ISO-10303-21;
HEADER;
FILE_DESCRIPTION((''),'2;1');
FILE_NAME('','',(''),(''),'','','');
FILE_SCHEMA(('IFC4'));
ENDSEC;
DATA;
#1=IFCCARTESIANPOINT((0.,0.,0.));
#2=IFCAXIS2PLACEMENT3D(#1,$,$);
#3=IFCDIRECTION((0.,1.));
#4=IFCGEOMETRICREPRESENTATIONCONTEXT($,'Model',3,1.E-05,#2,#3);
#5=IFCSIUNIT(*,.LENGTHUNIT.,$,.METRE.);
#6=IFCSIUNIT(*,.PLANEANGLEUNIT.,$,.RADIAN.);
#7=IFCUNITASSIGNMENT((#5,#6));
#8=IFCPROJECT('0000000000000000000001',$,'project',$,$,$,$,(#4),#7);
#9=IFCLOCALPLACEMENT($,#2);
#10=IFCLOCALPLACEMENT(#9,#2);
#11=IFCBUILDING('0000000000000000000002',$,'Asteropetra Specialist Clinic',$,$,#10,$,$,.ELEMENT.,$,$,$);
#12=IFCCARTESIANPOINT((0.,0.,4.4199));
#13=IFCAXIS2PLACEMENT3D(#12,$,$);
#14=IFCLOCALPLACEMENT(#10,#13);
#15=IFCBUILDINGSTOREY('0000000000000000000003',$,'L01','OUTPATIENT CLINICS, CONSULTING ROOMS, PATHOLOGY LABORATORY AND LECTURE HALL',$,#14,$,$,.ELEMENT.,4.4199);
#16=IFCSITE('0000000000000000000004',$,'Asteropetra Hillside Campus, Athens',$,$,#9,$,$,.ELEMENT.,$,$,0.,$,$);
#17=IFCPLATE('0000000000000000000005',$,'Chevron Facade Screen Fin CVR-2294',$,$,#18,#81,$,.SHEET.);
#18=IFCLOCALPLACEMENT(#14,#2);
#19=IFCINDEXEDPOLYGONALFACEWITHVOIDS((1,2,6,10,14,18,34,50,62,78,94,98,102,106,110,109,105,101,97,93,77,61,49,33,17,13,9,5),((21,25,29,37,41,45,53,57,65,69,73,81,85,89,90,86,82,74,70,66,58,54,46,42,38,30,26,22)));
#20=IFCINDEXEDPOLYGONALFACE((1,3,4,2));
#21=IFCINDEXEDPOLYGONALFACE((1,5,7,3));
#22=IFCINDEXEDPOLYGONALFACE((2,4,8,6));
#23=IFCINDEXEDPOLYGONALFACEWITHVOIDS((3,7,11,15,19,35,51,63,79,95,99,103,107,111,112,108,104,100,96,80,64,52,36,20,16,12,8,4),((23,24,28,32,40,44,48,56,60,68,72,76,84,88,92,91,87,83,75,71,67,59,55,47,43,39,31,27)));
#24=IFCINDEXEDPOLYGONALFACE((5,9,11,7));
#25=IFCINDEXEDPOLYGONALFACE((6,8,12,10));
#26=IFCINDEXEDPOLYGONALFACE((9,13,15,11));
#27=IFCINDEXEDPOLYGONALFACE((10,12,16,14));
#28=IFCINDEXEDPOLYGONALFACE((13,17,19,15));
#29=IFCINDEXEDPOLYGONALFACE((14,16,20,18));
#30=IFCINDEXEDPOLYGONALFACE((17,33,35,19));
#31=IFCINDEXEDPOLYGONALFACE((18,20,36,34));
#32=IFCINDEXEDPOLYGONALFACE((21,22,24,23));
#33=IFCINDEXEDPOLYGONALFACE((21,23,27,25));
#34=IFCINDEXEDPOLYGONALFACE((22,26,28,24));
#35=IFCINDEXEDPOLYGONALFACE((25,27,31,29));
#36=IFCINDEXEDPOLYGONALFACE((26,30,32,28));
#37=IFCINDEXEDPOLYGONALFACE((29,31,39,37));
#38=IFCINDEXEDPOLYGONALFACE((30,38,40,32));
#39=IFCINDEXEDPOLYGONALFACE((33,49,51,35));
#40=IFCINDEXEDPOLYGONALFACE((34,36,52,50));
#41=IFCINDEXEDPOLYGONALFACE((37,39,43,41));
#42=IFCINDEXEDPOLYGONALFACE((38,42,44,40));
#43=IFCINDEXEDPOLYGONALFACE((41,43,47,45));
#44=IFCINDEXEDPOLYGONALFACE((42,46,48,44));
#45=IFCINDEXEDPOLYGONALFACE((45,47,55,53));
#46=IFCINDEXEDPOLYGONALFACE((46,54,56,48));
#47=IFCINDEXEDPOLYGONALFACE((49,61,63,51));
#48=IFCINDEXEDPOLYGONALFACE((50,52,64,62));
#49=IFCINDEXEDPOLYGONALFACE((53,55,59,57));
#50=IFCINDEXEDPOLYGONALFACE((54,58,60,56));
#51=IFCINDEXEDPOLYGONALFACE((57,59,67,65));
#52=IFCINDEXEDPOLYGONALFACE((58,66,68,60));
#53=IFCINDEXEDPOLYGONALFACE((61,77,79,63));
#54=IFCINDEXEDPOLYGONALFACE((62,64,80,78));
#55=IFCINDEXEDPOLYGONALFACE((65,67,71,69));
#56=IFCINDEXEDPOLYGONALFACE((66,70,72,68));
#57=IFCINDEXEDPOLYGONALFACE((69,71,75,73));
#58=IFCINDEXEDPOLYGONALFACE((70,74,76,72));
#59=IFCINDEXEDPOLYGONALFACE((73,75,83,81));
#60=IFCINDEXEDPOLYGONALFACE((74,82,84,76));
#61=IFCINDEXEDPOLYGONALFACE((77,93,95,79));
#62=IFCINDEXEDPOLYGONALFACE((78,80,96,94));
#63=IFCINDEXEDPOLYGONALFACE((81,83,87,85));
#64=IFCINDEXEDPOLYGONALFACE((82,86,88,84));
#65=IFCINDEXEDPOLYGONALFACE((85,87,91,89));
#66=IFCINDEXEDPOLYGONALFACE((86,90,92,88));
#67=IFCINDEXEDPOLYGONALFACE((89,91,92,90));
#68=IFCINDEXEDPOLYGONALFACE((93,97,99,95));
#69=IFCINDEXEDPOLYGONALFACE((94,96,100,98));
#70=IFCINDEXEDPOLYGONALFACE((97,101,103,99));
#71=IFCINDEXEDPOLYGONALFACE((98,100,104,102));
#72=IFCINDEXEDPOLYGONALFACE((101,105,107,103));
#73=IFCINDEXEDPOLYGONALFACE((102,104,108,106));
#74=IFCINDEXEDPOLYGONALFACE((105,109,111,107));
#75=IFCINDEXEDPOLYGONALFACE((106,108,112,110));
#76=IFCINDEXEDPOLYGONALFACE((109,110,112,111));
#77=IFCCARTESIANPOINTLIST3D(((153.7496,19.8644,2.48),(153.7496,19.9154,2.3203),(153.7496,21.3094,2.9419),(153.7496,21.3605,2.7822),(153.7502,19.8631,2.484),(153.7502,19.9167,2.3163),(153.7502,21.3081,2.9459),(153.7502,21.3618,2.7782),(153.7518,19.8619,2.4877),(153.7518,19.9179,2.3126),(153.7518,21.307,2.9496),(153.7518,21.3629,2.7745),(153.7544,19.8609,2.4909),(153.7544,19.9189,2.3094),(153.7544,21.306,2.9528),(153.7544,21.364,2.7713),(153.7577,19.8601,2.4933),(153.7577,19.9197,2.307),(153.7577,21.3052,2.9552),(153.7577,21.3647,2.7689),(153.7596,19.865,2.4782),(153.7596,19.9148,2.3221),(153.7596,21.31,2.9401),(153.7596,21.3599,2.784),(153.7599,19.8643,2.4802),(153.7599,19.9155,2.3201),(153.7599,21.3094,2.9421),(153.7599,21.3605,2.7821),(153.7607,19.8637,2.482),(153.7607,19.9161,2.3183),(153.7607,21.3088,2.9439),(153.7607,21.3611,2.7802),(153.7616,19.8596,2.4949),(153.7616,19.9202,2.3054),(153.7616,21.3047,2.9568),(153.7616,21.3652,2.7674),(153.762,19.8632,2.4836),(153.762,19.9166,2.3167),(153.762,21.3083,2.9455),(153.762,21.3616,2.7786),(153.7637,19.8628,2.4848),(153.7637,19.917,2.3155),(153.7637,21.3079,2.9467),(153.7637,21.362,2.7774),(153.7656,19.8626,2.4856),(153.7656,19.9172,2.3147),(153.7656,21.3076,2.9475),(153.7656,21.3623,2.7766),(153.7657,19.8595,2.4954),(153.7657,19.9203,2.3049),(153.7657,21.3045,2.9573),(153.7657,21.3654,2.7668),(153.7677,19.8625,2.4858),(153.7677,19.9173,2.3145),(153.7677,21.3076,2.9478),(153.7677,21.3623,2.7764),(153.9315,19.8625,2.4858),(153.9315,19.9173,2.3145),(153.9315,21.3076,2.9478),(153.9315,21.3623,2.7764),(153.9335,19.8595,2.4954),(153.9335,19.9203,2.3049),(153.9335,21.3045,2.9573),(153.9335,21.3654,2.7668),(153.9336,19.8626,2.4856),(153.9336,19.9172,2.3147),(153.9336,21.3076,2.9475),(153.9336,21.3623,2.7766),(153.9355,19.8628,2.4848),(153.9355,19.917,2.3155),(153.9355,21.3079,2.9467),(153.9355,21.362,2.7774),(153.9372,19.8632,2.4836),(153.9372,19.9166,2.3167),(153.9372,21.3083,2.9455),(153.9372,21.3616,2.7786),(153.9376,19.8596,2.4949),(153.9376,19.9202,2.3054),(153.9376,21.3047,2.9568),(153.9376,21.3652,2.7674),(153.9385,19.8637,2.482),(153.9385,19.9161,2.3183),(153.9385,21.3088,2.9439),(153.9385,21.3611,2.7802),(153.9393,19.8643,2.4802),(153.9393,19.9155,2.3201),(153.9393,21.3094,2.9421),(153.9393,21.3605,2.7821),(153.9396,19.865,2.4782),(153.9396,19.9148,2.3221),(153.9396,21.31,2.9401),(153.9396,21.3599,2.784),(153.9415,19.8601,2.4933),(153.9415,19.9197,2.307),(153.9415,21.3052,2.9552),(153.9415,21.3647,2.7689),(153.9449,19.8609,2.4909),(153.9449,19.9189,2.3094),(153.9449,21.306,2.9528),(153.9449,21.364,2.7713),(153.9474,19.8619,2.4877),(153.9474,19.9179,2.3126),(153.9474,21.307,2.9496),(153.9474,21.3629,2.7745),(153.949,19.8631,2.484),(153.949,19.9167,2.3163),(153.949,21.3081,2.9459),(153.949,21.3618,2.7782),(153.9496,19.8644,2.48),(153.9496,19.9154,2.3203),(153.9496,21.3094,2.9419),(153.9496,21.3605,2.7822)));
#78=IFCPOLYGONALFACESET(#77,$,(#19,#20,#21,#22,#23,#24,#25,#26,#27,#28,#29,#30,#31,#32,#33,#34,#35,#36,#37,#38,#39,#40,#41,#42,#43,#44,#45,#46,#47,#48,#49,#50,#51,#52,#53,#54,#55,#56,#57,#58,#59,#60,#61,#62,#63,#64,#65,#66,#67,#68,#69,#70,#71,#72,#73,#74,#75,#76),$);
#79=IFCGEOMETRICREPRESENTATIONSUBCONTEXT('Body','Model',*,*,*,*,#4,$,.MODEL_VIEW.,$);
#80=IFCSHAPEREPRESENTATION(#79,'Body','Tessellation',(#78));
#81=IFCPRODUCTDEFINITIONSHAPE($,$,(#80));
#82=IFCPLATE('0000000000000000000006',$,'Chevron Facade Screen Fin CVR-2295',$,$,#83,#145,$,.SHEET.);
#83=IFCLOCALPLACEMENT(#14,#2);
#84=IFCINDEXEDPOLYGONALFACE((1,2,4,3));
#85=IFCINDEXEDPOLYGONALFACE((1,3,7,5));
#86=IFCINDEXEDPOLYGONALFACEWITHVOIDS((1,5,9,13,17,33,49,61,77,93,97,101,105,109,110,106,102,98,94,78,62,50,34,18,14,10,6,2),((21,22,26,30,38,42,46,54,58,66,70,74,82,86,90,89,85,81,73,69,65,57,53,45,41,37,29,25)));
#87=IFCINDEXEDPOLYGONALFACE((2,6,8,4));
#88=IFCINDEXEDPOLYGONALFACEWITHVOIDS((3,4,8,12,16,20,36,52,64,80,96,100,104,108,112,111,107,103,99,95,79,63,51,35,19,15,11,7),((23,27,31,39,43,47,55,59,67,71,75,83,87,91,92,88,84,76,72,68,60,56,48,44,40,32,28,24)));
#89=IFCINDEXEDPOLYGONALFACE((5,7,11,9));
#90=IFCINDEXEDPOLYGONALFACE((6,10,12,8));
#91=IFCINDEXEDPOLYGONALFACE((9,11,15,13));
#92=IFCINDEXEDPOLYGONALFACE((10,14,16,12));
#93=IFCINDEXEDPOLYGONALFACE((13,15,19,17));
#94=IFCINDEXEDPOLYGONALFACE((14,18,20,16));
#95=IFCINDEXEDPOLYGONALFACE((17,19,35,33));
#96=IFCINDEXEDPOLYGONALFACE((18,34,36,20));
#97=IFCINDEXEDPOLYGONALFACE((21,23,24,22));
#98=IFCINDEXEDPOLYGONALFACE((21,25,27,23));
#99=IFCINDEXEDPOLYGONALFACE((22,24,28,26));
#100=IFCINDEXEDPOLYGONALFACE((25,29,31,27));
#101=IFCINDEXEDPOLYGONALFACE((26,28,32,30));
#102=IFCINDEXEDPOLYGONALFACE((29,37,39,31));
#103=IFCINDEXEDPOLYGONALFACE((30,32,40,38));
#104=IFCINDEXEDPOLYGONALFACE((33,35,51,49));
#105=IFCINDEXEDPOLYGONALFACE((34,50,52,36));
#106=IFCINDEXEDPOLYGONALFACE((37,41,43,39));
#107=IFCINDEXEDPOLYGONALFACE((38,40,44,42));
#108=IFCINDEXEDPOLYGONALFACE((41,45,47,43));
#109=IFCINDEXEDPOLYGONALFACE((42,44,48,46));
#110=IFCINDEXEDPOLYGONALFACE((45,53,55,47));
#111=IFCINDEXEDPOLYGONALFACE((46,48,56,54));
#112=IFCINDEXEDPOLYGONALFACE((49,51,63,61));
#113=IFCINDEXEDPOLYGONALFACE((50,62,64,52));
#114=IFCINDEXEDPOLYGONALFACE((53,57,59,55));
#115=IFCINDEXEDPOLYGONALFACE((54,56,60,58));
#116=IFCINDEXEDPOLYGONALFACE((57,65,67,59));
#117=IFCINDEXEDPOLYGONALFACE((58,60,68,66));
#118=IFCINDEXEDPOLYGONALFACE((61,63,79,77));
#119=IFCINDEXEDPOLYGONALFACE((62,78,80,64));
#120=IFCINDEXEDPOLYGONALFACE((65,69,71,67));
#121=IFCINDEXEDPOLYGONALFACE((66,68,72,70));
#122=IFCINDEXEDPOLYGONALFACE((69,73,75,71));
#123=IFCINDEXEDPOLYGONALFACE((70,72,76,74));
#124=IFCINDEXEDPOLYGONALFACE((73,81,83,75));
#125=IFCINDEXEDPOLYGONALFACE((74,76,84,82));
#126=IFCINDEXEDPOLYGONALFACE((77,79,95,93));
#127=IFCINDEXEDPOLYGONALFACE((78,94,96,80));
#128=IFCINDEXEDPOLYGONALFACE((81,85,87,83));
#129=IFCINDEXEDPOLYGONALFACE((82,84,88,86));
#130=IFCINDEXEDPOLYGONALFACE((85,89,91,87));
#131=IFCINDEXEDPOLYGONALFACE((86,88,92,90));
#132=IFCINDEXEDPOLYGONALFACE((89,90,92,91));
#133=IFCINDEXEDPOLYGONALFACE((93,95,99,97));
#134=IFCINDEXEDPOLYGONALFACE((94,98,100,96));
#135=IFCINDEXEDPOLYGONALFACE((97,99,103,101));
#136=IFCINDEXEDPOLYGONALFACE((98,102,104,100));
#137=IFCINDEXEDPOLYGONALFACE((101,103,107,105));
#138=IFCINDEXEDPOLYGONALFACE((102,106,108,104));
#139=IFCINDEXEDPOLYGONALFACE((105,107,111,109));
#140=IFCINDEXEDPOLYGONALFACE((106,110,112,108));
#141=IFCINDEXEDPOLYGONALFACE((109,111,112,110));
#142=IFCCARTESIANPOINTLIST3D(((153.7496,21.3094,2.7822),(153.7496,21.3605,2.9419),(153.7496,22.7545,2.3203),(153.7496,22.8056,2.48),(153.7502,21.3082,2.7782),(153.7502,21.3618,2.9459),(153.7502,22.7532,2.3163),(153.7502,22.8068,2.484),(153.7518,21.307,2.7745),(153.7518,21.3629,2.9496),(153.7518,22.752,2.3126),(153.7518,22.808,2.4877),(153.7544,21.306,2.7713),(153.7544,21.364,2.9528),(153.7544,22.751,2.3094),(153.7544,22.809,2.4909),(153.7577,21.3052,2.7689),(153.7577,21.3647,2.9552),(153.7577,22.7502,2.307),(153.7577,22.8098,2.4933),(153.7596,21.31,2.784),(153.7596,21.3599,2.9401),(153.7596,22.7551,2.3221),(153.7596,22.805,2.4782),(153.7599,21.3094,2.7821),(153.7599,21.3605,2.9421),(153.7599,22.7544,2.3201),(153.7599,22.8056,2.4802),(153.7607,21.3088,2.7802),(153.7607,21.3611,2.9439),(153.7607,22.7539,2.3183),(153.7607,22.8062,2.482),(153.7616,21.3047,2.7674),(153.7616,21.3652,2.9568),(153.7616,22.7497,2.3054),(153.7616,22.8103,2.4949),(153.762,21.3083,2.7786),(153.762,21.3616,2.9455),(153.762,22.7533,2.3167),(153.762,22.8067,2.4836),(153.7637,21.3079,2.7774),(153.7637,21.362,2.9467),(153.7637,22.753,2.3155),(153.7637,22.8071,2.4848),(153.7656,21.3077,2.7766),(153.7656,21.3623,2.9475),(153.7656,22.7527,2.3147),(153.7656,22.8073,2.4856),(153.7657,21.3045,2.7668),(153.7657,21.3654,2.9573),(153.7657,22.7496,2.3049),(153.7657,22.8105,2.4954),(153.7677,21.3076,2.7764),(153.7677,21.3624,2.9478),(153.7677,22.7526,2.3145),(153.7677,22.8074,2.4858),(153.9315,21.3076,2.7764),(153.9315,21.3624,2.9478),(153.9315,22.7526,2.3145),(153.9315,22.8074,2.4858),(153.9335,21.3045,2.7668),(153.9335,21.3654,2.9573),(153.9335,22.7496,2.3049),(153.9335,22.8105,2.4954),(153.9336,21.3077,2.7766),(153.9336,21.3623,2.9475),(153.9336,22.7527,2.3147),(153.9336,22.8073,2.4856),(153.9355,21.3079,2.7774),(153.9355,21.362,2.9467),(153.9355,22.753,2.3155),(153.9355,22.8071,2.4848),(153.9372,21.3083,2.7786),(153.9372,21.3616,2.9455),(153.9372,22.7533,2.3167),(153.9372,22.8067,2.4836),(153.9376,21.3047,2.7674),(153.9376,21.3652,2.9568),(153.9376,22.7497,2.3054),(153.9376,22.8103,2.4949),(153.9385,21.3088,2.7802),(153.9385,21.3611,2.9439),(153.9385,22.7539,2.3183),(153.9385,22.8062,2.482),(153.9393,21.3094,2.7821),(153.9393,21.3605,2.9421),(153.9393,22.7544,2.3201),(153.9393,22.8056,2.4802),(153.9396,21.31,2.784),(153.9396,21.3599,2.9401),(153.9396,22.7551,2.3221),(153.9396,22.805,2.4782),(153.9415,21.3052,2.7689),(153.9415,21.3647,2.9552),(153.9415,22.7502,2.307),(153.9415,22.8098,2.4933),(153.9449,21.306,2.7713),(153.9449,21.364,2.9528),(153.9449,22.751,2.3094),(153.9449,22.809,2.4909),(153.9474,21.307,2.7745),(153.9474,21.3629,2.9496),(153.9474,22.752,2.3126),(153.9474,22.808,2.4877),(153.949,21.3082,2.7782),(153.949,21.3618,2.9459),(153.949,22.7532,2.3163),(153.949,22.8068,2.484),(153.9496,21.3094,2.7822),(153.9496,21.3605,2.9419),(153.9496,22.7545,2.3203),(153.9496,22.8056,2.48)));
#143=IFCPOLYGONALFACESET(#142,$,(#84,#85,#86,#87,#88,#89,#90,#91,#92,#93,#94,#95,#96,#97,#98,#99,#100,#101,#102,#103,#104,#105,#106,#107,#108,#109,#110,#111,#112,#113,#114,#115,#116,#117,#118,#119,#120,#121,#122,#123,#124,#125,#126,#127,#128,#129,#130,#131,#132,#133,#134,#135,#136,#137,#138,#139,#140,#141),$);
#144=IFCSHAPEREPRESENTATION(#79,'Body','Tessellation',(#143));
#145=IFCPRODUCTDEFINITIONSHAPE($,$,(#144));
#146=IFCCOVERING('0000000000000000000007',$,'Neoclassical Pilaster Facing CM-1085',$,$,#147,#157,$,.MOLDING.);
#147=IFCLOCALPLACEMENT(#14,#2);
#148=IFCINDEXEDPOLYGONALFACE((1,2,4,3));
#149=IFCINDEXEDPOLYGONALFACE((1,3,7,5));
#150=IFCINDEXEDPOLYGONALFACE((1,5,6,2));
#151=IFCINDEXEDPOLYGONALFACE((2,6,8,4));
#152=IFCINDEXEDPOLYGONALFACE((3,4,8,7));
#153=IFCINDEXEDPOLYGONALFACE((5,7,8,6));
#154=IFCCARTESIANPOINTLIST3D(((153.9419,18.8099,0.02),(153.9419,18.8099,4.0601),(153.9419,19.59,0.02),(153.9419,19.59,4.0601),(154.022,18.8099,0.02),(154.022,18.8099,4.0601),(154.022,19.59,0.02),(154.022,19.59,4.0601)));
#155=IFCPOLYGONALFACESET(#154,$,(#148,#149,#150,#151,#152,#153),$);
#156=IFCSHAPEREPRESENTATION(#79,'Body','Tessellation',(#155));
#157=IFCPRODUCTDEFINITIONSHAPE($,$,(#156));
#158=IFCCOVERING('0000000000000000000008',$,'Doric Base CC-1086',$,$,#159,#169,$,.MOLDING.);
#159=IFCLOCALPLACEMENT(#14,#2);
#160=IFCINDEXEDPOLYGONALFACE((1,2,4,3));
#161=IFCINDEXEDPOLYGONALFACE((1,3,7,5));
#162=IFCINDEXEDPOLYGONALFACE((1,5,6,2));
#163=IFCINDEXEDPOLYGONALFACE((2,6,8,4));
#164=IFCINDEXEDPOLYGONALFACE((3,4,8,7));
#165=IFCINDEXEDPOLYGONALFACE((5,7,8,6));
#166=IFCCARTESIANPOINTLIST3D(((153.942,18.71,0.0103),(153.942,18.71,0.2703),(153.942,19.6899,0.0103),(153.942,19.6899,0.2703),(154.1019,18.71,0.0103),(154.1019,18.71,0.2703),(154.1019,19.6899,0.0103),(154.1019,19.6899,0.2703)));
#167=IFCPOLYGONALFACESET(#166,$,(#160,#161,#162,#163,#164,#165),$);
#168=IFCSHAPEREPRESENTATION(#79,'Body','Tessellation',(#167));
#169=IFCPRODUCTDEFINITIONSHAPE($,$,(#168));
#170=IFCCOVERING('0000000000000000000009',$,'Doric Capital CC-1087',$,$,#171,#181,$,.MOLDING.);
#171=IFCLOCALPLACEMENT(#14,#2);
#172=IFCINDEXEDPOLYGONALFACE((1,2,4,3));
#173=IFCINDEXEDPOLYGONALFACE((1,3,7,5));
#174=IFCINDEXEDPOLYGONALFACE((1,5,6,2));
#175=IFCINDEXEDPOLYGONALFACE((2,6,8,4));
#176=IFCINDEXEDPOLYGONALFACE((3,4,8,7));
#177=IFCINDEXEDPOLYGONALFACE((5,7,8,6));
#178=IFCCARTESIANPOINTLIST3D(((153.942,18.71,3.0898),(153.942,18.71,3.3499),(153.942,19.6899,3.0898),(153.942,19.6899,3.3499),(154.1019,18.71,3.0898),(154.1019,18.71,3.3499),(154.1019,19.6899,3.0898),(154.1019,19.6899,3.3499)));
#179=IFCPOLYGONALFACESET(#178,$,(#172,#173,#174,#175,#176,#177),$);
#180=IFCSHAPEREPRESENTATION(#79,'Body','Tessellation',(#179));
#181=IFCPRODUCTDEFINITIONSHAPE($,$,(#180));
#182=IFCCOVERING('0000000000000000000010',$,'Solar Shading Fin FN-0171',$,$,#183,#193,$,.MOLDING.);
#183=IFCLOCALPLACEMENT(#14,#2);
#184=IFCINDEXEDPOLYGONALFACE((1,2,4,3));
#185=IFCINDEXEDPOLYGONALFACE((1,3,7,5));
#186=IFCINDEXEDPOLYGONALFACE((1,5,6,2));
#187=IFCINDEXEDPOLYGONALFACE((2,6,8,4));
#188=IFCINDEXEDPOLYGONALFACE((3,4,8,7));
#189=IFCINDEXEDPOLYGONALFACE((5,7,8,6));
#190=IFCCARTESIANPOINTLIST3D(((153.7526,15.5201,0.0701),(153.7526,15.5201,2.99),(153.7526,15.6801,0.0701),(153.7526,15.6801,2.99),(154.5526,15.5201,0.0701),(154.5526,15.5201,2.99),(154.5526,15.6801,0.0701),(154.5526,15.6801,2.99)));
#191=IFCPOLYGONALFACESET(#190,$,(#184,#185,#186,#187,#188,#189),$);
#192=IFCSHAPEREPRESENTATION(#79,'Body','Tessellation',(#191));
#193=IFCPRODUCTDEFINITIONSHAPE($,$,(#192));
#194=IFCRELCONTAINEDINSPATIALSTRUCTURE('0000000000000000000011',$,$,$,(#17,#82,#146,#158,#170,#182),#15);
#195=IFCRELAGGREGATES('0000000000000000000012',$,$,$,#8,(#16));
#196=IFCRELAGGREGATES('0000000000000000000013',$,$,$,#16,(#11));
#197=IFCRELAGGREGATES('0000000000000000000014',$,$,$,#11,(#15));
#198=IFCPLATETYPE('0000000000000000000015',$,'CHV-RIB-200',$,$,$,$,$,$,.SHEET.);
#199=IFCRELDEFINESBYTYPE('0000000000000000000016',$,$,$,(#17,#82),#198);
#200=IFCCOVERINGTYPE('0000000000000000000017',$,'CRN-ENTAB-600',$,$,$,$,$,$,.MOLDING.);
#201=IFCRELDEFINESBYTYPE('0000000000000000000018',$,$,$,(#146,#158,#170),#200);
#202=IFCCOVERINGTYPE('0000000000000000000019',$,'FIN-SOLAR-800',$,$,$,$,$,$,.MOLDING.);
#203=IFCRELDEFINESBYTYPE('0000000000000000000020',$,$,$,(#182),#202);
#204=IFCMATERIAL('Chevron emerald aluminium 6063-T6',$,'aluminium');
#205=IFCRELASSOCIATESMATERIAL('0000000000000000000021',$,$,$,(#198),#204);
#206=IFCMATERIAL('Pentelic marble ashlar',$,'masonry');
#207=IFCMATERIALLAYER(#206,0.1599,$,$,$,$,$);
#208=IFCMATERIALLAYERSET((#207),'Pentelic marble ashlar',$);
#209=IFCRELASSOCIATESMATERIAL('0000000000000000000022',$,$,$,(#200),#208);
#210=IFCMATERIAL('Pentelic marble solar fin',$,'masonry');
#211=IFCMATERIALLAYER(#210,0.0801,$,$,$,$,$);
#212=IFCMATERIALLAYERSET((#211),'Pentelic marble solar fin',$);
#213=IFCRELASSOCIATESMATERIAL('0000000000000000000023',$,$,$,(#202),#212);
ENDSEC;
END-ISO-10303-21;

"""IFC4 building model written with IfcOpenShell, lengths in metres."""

from ifc_helpers import new_model, si_unit, direction, frame, origin, origin_2d, place, context, subcontext, project, spatial, rectangle, hollow_rectangle, extrude, material, layer, layer_set, material_profile, profile_set, type_object, element, save


model = new_model("IFC4")

# Units and contexts
model_context = context("Model", 3, precision=1e-05, world=origin(), true_north=direction((0.0, 1.0)))
body_context = subcontext(model_context, "Body", "Model", "MODEL_VIEW")
ifc_project = project(units=[si_unit("LENGTHUNIT", "METRE"), si_unit("PLANEANGLEUNIT", "RADIAN")], contexts=[model_context])

# Site, building, storey
site_placement = place(None, origin())
site = spatial("IfcSite", under=ifc_project, at=site_placement, Name="Asteropetra Hillside Campus, Athens", CompositionType="ELEMENT", RefElevation=0.0)
building_placement = place(site_placement, origin())
building = spatial("IfcBuilding", under=site, at=building_placement, Name="Asteropetra Specialist Clinic", CompositionType="ELEMENT")
storey_placement = place(building_placement, frame((0.0, 0.0, 4.4199)))
storey = spatial("IfcBuildingStorey", under=building, at=storey_placement, Name="L01", Description="OUTPATIENT CLINICS, CONSULTING ROOMS, PATHOLOGY LABORATORY AND LECTURE HALL", CompositionType="ELEMENT", Elevation=4.4199)

# Plates
ifc_material_1 = material(Name="Chevron emerald aluminium 6063-T6", Category="aluminium")
ifc_material_profile = material_profile(ifc_material_1, hollow_rectangle(XDim=0.2, YDim=0.2, WallThickness=0.01, InnerFilletRadius=0.0081, OuterFilletRadius=0.0161, at=origin_2d()), Name="SHS 200x200x10.0")
ifc_profile_set = profile_set([ifc_material_profile], Name="Chevron emerald aluminium 6063-T6")
plate_type = type_object("IfcPlateType", Name="CHV-RIB-200", PredefinedType="SHEET", material=ifc_profile_set)
for number, where, z_axis, x_axis, name in (
    (1, (153.8496, 19.8899, 2.4001), (0.0, 0.952521, 0.304472), (-1.0, 0.0, 0.0), "Chevron Facade Screen Fin CVR-2294"),
    (2, (153.8496, 21.335, 2.8621), (0.0, 0.952521, -0.304472), (-1.0, 0.0, 0.0), "Chevron Facade Screen Fin CVR-2295"),
):
    element("IfcPlate", number, at=place(storey_placement, frame(where, z_axis=z_axis, x_axis=x_axis)), inside=storey, type_object=plate_type, Name=name, PredefinedType="SHEET", context=body_context, shape_type="SweptSolid", body=[
        extrude(hollow_rectangle(XDim=0.2, YDim=0.2, WallThickness=0.01, InnerFilletRadius=0.0081, OuterFilletRadius=0.0161, at=origin_2d()), origin(), (0.0, 0.0, 1.0), 1.5171),
    ])

# Coverings
ifc_material_2 = material(Name="Pentelic marble ashlar", Category="masonry")
ifc_layer_1 = layer(ifc_material_2, 0.1599)
ifc_layer_set_1 = layer_set([ifc_layer_1], Name="Pentelic marble ashlar")
covering_type_1 = type_object("IfcCoveringType", Name="CRN-ENTAB-600", PredefinedType="MOLDING", material=ifc_layer_set_1)
covering_1_placement = place(storey_placement, frame((153.9819, 19.2, 0.02), z_axis=(0.0, 0.0, 1.0), x_axis=(1.0, 0.0, 0.0)))
element("IfcCovering", 3, at=covering_1_placement, inside=storey, type_object=covering_type_1, Name="Neoclassical Pilaster Facing CM-1085", PredefinedType="MOLDING", context=body_context, shape_type="SweptSolid", body=[
    extrude(rectangle(XDim=0.0801, YDim=0.78, at=origin_2d()), origin(), (0.0, 0.0, 1.0), 4.04),
])
for number, where, z_axis, x_axis, name in (
    (4, (154.022, 19.2, 0.0103), (0.0, 0.0, 1.0), (1.0, 0.0, 0.0), "Doric Base CC-1086"),
    (5, (154.022, 19.2, 3.0898), (0.0, 0.0, 1.0), (1.0, 0.0, 0.0), "Doric Capital CC-1087"),
):
    element("IfcCovering", number, at=place(storey_placement, frame(where, z_axis=z_axis, x_axis=x_axis)), inside=storey, type_object=covering_type_1, Name=name, PredefinedType="MOLDING", context=body_context, shape_type="SweptSolid", body=[
        extrude(rectangle(XDim=0.1599, YDim=0.98, at=origin_2d()), origin(), (0.0, 0.0, 1.0), 0.26),
    ])
ifc_material_3 = material(Name="Pentelic marble solar fin", Category="masonry")
ifc_layer_2 = layer(ifc_material_3, 0.0801)
ifc_layer_set_2 = layer_set([ifc_layer_2], Name="Pentelic marble solar fin")
covering_type_2 = type_object("IfcCoveringType", Name="FIN-SOLAR-800", PredefinedType="MOLDING", material=ifc_layer_set_2)
covering_2_placement = place(storey_placement, frame((154.1526, 15.6001, 0.0701), z_axis=(0.0, 0.0, 1.0), x_axis=(1.0, 0.0, 0.0)))
element("IfcCovering", 6, at=covering_2_placement, inside=storey, type_object=covering_type_2, Name="Solar Shading Fin FN-0171", PredefinedType="MOLDING", context=body_context, shape_type="SweptSolid", body=[
    extrude(rectangle(XDim=0.8, YDim=0.1599, at=origin_2d()), origin(), (0.0, 0.0, 1.0), 2.9199),
])

save(model, "model.ifc")
